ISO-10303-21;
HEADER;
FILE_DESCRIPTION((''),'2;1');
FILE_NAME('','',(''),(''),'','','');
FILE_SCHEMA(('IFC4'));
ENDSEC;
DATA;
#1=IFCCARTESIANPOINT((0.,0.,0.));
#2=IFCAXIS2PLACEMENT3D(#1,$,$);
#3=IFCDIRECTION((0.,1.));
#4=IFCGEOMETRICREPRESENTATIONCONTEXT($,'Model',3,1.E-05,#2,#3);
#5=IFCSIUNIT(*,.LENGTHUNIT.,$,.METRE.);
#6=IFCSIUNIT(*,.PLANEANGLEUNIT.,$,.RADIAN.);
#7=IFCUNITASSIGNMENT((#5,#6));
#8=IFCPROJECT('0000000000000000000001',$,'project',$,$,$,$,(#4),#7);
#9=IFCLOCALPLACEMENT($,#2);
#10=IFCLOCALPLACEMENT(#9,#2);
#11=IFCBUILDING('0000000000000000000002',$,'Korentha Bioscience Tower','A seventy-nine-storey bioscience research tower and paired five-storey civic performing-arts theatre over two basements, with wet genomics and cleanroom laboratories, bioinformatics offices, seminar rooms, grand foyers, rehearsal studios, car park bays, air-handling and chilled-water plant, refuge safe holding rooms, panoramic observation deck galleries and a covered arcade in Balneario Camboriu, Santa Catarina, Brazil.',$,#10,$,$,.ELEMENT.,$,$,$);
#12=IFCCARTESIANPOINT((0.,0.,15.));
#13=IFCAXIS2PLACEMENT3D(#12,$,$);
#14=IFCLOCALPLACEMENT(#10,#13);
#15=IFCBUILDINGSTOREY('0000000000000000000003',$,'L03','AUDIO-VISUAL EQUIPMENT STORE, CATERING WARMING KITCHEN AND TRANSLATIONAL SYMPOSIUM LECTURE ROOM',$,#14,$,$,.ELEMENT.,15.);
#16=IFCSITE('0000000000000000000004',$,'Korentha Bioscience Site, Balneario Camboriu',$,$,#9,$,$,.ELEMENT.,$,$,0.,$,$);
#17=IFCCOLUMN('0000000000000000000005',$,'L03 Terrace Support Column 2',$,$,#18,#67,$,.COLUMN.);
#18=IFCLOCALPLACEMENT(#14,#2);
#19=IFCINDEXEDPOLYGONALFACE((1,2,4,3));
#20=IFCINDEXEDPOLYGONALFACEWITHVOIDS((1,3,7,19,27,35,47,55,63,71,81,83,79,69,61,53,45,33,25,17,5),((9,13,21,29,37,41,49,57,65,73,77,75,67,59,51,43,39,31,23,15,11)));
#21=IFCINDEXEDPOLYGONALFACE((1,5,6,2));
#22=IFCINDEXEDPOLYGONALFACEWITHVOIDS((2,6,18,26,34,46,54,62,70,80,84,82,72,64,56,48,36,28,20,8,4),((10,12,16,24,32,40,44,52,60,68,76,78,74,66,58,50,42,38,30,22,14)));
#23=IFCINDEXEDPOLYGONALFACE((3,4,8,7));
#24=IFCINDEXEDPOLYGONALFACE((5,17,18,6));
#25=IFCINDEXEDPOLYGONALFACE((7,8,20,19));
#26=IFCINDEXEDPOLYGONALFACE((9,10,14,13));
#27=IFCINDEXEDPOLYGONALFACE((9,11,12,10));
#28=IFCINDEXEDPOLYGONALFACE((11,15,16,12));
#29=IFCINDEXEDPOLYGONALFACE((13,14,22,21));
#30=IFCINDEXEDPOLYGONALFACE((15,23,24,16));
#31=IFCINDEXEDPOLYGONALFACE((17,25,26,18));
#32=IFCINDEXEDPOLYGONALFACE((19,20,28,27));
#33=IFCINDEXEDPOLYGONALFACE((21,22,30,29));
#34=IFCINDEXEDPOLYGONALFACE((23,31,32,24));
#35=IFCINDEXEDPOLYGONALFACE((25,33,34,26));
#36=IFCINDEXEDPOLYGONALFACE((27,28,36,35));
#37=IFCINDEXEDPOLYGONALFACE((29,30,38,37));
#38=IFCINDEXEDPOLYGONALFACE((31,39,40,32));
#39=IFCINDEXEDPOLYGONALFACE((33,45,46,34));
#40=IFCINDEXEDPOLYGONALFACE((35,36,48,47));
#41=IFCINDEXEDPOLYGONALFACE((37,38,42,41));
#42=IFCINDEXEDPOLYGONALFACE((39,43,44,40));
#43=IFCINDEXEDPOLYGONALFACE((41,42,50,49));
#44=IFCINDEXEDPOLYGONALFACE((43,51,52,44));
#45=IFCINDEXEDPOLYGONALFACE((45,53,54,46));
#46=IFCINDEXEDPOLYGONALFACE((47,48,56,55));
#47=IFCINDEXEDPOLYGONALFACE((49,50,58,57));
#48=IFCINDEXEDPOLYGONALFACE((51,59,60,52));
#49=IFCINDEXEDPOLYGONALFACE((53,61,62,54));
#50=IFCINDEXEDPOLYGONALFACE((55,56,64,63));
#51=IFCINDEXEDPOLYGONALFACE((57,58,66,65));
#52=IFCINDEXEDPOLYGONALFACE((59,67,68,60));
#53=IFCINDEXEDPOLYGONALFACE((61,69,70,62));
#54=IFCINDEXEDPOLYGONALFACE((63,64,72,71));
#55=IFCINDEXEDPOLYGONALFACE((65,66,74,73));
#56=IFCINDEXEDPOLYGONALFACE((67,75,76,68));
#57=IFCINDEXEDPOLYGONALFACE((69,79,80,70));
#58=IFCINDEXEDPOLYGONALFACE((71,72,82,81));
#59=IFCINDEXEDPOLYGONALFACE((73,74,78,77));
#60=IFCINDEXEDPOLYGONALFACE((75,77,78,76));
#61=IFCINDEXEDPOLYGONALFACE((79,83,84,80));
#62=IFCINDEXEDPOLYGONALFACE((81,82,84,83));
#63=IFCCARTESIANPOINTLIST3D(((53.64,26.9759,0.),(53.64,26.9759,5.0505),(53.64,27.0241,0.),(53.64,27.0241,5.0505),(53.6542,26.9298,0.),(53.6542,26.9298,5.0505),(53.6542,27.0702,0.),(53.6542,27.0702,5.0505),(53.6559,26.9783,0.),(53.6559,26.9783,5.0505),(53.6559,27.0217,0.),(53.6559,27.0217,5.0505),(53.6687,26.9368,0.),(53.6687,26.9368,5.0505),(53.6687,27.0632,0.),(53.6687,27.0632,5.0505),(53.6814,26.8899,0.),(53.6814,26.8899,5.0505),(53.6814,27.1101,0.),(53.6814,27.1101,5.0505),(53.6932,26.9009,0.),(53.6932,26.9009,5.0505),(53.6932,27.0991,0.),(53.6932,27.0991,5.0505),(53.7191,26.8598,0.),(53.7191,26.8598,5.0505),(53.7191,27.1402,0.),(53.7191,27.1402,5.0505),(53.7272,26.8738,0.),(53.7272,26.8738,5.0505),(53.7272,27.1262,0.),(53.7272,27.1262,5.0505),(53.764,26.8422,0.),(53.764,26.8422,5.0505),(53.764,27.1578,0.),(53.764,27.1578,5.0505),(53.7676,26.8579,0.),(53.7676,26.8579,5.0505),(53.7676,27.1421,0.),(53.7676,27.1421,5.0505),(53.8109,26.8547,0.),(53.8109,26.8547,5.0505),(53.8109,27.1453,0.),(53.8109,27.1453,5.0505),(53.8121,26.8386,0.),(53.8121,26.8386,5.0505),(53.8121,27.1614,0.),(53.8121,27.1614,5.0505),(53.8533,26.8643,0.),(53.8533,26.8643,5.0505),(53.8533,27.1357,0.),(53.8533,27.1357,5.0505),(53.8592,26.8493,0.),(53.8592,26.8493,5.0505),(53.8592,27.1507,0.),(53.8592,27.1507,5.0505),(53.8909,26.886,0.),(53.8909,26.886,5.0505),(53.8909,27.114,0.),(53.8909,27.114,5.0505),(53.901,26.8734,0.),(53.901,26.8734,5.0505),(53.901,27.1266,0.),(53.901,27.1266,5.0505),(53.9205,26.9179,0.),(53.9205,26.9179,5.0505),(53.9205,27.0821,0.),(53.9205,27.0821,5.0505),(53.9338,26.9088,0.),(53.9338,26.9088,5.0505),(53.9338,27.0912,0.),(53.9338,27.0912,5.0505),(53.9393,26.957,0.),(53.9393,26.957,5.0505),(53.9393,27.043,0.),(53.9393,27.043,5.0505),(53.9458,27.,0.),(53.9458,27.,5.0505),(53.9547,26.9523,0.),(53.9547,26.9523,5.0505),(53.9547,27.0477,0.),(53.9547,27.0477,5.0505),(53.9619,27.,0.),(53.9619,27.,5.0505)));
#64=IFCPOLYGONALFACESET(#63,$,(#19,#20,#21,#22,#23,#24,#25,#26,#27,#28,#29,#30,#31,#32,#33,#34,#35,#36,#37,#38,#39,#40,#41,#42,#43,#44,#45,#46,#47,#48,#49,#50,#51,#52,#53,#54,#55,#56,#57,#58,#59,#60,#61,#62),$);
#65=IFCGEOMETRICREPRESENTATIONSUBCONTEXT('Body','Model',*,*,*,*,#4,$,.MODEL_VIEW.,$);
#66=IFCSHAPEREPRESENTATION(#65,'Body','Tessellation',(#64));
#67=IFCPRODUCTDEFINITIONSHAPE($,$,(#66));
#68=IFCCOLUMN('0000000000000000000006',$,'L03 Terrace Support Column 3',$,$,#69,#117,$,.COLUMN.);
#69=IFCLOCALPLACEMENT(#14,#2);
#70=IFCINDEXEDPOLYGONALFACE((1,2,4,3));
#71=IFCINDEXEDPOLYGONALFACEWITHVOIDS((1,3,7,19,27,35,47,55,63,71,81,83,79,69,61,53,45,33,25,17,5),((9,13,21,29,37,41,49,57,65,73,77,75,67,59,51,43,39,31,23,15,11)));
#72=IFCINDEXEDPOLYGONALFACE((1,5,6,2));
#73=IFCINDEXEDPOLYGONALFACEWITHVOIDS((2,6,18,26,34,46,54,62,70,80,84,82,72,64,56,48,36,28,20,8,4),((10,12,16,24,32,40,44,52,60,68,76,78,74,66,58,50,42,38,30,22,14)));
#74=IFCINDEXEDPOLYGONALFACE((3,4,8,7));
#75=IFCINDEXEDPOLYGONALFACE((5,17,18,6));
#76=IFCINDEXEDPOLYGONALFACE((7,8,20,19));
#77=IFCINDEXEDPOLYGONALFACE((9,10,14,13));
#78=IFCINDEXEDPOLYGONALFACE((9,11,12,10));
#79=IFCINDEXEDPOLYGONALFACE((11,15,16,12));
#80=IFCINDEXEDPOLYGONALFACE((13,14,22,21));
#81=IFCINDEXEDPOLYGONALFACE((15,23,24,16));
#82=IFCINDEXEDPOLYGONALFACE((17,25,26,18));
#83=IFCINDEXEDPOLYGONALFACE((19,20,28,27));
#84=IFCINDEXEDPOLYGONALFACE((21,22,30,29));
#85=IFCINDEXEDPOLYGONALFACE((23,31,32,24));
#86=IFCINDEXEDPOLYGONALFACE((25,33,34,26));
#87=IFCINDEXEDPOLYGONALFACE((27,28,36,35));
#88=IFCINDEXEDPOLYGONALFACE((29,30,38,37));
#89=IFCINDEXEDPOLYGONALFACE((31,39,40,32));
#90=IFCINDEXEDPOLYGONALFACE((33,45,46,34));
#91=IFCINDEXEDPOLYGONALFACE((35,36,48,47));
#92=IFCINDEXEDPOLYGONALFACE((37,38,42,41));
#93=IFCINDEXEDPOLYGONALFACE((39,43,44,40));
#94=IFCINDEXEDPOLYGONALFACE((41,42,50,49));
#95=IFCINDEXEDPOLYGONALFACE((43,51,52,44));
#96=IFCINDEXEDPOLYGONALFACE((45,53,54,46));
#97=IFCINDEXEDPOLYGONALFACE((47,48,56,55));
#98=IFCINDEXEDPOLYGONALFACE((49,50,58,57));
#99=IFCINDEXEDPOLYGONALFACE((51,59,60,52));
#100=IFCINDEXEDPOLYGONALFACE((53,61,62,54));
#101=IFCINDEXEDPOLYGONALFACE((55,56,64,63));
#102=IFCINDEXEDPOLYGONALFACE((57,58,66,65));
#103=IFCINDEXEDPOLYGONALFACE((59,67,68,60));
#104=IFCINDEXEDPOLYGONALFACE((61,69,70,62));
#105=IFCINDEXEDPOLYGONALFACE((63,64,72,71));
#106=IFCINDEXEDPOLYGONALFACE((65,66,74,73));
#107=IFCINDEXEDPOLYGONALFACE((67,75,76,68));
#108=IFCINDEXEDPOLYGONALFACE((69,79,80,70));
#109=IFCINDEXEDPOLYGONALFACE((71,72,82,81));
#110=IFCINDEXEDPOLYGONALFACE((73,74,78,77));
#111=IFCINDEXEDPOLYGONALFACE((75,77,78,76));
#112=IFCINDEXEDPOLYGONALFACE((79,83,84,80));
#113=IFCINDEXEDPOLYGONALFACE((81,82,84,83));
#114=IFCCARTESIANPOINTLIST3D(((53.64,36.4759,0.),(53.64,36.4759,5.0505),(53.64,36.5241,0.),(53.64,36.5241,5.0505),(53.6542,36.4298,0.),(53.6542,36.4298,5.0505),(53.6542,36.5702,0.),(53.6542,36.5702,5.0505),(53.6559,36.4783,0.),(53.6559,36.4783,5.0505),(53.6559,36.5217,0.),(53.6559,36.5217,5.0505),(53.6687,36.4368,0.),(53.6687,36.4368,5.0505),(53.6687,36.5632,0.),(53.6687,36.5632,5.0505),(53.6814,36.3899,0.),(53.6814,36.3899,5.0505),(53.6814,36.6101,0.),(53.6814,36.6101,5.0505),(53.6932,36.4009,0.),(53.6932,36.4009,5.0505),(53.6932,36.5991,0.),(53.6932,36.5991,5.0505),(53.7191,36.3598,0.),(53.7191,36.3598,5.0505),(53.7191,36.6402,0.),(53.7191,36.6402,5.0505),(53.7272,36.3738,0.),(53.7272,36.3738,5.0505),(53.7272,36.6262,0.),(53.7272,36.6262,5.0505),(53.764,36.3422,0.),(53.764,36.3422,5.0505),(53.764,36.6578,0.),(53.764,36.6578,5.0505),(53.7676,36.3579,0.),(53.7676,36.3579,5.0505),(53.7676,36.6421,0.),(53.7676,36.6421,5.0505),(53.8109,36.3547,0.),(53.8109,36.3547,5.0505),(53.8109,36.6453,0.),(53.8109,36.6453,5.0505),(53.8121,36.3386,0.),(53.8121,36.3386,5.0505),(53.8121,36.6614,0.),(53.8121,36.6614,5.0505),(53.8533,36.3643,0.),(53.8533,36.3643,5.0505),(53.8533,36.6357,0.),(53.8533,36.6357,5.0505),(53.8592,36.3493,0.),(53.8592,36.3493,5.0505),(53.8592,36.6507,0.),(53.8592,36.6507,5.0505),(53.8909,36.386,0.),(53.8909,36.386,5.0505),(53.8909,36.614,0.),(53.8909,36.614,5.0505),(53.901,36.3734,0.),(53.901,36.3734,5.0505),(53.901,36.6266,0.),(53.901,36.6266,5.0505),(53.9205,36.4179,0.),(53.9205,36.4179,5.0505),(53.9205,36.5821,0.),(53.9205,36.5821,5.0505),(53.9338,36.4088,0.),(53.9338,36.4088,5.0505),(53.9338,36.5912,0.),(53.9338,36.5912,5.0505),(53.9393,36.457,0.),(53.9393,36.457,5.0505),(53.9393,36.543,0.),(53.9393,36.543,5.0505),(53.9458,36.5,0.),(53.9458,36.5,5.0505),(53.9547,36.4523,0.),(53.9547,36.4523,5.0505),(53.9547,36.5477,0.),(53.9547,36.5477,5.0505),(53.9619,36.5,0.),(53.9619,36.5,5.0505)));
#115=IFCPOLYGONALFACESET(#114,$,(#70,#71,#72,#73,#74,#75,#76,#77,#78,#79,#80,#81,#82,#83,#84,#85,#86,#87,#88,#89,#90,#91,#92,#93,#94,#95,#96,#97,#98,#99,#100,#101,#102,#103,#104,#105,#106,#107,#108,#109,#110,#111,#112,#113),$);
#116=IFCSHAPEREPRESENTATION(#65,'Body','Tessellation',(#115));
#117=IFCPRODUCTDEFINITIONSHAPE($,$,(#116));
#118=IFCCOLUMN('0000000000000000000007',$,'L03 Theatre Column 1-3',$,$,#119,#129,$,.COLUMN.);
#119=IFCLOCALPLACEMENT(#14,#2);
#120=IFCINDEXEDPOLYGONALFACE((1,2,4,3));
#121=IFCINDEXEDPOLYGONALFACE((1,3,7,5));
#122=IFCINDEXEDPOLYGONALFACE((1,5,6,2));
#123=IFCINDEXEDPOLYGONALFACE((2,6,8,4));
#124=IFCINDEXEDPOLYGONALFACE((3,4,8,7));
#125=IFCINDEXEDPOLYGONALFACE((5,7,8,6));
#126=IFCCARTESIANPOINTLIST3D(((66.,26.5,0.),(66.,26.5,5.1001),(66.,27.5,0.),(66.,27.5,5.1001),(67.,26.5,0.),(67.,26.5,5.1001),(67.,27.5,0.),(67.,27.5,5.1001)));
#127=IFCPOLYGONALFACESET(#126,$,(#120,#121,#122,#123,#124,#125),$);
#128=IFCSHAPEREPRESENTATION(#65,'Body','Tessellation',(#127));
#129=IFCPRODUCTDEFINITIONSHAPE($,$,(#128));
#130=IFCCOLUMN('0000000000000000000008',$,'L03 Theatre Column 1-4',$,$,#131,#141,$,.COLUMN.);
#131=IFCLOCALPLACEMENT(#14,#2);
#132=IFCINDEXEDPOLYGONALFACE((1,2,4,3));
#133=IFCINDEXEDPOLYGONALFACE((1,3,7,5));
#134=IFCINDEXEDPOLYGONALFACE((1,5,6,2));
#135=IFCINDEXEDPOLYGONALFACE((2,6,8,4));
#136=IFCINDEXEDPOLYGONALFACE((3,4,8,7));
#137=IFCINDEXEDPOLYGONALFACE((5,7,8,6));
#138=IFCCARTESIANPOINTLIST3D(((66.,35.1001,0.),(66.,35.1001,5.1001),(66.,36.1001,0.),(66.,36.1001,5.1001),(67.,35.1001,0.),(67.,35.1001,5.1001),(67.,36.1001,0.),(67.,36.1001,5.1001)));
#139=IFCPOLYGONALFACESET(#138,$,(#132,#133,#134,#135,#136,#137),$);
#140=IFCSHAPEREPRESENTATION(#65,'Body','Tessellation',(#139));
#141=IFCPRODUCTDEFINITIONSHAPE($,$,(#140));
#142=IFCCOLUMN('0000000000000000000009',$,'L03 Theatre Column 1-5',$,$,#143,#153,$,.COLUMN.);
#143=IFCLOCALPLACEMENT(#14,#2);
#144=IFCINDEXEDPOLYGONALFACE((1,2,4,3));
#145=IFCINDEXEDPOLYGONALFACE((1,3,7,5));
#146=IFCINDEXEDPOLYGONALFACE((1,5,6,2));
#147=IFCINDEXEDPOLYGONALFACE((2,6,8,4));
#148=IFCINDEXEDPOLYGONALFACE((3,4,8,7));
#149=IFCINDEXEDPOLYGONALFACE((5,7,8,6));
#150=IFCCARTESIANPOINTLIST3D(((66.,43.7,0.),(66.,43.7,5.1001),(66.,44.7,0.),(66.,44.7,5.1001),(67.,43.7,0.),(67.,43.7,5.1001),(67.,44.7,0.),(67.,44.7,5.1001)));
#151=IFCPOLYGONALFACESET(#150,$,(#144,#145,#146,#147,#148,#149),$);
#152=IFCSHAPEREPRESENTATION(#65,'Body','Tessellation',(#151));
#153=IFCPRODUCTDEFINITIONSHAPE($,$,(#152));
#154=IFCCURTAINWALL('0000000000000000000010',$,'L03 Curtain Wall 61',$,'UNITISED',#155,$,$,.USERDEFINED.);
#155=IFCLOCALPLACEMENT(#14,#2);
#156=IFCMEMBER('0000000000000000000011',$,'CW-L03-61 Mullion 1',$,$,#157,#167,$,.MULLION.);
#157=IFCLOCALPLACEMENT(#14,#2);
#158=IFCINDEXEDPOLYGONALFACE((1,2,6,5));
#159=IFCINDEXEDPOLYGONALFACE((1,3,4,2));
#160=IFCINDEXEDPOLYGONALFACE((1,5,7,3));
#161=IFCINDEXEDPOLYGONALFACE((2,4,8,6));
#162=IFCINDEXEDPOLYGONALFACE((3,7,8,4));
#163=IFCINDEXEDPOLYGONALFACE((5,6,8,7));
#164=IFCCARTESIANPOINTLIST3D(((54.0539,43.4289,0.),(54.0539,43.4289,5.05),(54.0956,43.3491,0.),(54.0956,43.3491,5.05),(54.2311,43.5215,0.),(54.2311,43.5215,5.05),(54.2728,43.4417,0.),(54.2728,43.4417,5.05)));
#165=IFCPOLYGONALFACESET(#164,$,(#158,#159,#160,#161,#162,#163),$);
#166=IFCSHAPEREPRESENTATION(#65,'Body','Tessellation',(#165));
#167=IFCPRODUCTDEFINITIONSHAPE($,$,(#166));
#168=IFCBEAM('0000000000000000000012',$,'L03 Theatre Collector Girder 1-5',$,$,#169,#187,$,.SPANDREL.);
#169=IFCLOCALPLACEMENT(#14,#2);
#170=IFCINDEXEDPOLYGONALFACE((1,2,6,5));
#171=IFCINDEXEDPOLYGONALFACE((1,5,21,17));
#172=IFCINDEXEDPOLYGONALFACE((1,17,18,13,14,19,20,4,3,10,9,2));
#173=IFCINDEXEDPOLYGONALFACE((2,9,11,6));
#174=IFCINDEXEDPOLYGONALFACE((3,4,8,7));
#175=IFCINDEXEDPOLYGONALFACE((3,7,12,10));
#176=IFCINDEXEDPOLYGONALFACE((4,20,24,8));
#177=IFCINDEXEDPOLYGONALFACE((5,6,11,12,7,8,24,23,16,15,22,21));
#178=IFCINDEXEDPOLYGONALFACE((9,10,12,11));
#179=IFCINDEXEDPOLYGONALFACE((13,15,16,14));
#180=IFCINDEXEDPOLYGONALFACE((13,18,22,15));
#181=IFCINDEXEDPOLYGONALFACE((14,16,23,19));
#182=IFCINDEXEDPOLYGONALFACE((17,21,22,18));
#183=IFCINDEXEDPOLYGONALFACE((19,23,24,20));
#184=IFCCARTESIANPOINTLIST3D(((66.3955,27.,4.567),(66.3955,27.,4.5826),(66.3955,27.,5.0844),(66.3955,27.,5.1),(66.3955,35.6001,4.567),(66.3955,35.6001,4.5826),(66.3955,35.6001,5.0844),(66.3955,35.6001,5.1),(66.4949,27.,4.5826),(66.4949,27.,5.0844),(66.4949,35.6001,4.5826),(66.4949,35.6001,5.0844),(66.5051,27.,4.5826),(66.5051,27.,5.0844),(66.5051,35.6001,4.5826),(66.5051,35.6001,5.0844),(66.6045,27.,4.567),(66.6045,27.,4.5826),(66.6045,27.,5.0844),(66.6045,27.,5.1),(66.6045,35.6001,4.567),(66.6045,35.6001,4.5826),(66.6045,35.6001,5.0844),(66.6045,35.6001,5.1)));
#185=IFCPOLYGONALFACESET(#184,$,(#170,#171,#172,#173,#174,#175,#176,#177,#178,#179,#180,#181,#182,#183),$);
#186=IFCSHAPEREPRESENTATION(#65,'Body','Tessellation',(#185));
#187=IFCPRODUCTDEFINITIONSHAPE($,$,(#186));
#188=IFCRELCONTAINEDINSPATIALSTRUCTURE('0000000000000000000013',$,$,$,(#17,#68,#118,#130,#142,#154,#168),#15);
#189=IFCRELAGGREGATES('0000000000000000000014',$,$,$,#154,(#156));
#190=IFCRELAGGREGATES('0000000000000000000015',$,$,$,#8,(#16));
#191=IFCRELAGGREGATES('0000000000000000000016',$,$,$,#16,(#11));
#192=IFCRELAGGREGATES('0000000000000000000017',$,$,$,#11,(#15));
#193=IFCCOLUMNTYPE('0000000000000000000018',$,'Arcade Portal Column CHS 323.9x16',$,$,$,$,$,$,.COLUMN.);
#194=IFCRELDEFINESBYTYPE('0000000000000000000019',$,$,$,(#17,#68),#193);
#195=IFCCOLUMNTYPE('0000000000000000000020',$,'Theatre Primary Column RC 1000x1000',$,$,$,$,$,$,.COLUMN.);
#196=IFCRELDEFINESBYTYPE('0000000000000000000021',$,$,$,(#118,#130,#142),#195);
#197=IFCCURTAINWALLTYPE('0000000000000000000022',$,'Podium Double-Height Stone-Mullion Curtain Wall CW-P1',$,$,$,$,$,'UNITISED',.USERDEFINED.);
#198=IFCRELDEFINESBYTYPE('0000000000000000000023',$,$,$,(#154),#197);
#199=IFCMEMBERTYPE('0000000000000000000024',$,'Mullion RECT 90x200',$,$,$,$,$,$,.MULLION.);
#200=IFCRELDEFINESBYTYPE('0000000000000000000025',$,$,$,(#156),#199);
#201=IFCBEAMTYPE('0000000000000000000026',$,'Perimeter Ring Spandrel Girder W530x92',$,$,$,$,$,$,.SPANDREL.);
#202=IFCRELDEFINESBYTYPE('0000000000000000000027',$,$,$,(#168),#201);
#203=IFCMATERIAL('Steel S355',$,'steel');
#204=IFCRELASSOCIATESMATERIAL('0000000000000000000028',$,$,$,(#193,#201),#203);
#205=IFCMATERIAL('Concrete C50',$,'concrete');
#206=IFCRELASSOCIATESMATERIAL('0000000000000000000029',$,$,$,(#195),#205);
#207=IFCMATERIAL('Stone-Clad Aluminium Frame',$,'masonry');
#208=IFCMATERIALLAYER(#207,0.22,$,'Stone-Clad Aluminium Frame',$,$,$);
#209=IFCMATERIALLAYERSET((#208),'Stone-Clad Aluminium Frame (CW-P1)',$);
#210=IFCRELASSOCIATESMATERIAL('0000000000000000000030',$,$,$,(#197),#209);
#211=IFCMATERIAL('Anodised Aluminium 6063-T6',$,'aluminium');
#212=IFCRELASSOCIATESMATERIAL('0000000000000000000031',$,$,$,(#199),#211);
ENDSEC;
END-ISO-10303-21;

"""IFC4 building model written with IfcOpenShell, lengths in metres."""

from ifc_helpers import new_model, si_unit, direction, frame, origin, origin_2d, place, context, subcontext, project, spatial, rectangle, hollow_circle, i_section, extrude, material, layer, layer_set, material_profile, profile_set, type_object, element, aggregate, save


model = new_model("IFC4")

# Units and contexts
model_context = context("Model", 3, precision=1e-05, world=origin(), true_north=direction((0.0, 1.0)))
body_context = subcontext(model_context, "Body", "Model", "MODEL_VIEW")
ifc_project = project(units=[si_unit("LENGTHUNIT", "METRE"), si_unit("PLANEANGLEUNIT", "RADIAN")], contexts=[model_context])

# Site, building, storey
site_placement = place(None, origin())
site = spatial("IfcSite", under=ifc_project, at=site_placement, Name="Korentha Bioscience Site, Balneario Camboriu", CompositionType="ELEMENT", RefElevation=0.0)
building_placement = place(site_placement, origin())
building = spatial("IfcBuilding", under=site, at=building_placement, Name="Korentha Bioscience Tower", Description="A seventy-nine-storey bioscience research tower and paired five-storey civic performing-arts theatre over two basements, with wet genomics and cleanroom laboratories, bioinformatics offices, seminar rooms, grand foyers, rehearsal studios, car park bays, air-handling and chilled-water plant, refuge safe holding rooms, panoramic observation deck galleries and a covered arcade in Balneario Camboriu, Santa Catarina, Brazil.", CompositionType="ELEMENT")
storey_placement = place(building_placement, frame((0.0, 0.0, 15.0)))
storey = spatial("IfcBuildingStorey", under=building, at=storey_placement, Name="L03", Description="AUDIO-VISUAL EQUIPMENT STORE, CATERING WARMING KITCHEN AND TRANSLATIONAL SYMPOSIUM LECTURE ROOM", CompositionType="ELEMENT", Elevation=15.0)

# Columns
ifc_material_1 = material(Name="Steel S355", Category="steel")
ifc_material_profile_1 = material_profile(ifc_material_1, hollow_circle(Radius=0.1619, WallThickness=0.0161, at=origin_2d()), Name="Steel S355")
ifc_profile_set_1 = profile_set([ifc_material_profile_1], Name="Steel S355 (AC-01)")
column_type_1 = type_object("IfcColumnType", Name="Arcade Portal Column CHS 323.9x16", PredefinedType="COLUMN", material=ifc_profile_set_1)
for number, where, z_axis, x_axis, name in (
    (1, (53.8, 27.0, 0.0), (0.0, 0.0, 1.0), (1.0, 0.0, 0.0), "L03 Terrace Support Column 2"),
    (2, (53.8, 36.5, 0.0), (0.0, 0.0, 1.0), (1.0, 0.0, 0.0), "L03 Terrace Support Column 3"),
):
    element("IfcColumn", number, at=place(storey_placement, frame(where, z_axis=z_axis, x_axis=x_axis)), inside=storey, type_object=column_type_1, Name=name, PredefinedType="COLUMN", context=body_context, shape_type="SweptSolid", body=[
        extrude(hollow_circle(Radius=0.1619, WallThickness=0.0161, at=origin_2d()), origin(), (0.0, 0.0, 1.0), 5.0505),
    ])
ifc_material_2 = material(Name="Concrete C50", Category="concrete")
ifc_material_profile_2 = material_profile(ifc_material_2, rectangle(XDim=1.0, YDim=1.0, at=origin_2d()), Name="Concrete C50")
ifc_profile_set_2 = profile_set([ifc_material_profile_2], Name="Concrete C50 (TC-01)")
column_type_2 = type_object("IfcColumnType", Name="Theatre Primary Column RC 1000x1000", PredefinedType="COLUMN", material=ifc_profile_set_2)
for number, where, z_axis, x_axis, name in (
    (3, (66.5, 27.0, 0.0), (0.0, 0.0, 1.0), (1.0, 0.0, 0.0), "L03 Theatre Column 1-3"),
    (4, (66.5, 35.6001, 0.0), (0.0, 0.0, 1.0), (1.0, 0.0, 0.0), "L03 Theatre Column 1-4"),
    (5, (66.5, 44.2, 0.0), (0.0, 0.0, 1.0), (1.0, 0.0, 0.0), "L03 Theatre Column 1-5"),
):
    element("IfcColumn", number, at=place(storey_placement, frame(where, z_axis=z_axis, x_axis=x_axis)), inside=storey, type_object=column_type_2, Name=name, PredefinedType="COLUMN", context=body_context, shape_type="SweptSolid", body=[
        extrude(rectangle(XDim=1.0, YDim=1.0, at=origin_2d()), origin(), (0.0, 0.0, 1.0), 5.1001),
    ])

# Curtain wall, member
ifc_material_3 = material(Name="Stone-Clad Aluminium Frame", Category="masonry")
ifc_layer_1 = layer(ifc_material_3, 0.22, Name="Stone-Clad Aluminium Frame")
ifc_layer_set_1 = layer_set([ifc_layer_1], Name="Stone-Clad Aluminium Frame (CW-P1)")
curtain_wall_type = type_object("IfcCurtainWallType", Name="Podium Double-Height Stone-Mullion Curtain Wall CW-P1", ElementType="UNITISED", PredefinedType="USERDEFINED", material=ifc_layer_set_1)
curtain_wall_placement = place(storey_placement, origin())
curtain_wall = element("IfcCurtainWall", 6, at=curtain_wall_placement, inside=storey, type_object=curtain_wall_type, Name="L03 Curtain Wall 61", ObjectType="UNITISED", PredefinedType="USERDEFINED")
ifc_material_4 = material(Name="Anodised Aluminium 6063-T6", Category="aluminium")
ifc_material_profile_3 = material_profile(ifc_material_4, rectangle(XDim=0.0901, YDim=0.2, at=origin_2d()), Name="Anodised Aluminium 6063-T6")
ifc_profile_set_3 = profile_set([ifc_material_profile_3], Name="Anodised Aluminium 6063-T6 (CW-MUL)")
member_type_1 = type_object("IfcMemberType", Name="Mullion RECT 90x200", PredefinedType="MULLION", material=ifc_profile_set_3)
member_1_placement = place(storey_placement, frame((54.1633, 43.4353, 0.0), z_axis=(0.0, 0.0, 1.0), x_axis=(-0.463009, 0.886354, 0.0)))
member_1 = element("IfcMember", 7, at=member_1_placement, type_object=member_type_1, Name="CW-L03-61 Mullion 1", PredefinedType="MULLION", context=body_context, shape_type="SweptSolid", body=[
    extrude(rectangle(XDim=0.0901, YDim=0.2, at=origin_2d()), origin(), (0.0, 0.0, 1.0), 5.05),
])

# Beam
ifc_material_profile_4 = material_profile(ifc_material_1, i_section(OverallWidth=0.209, OverallDepth=0.533, WebThickness=0.0103, FlangeThickness=0.0156, at=origin_2d()), Name="Steel S355")
ifc_profile_set_4 = profile_set([ifc_material_profile_4], Name="Steel S355 (SB-530)")
beam_type_1 = type_object("IfcBeamType", Name="Perimeter Ring Spandrel Girder W530x92", PredefinedType="SPANDREL", material=ifc_profile_set_4)
beam_1_placement = place(storey_placement, frame((66.5, 27.0, 4.8335), z_axis=(0.0, 1.0, 0.0), x_axis=(-1.0, 0.0, 0.0)))
element("IfcBeam", 8, at=beam_1_placement, inside=storey, type_object=beam_type_1, Name="L03 Theatre Collector Girder 1-5", PredefinedType="SPANDREL", context=body_context, shape_type="SweptSolid", body=[
    extrude(i_section(OverallWidth=0.209, OverallDepth=0.533, WebThickness=0.0103, FlangeThickness=0.0156, at=origin_2d()), origin(), (0.0, 0.0, 1.0), 8.6001),
])

aggregate(curtain_wall, [member_1])

save(model, "model.ifc")
